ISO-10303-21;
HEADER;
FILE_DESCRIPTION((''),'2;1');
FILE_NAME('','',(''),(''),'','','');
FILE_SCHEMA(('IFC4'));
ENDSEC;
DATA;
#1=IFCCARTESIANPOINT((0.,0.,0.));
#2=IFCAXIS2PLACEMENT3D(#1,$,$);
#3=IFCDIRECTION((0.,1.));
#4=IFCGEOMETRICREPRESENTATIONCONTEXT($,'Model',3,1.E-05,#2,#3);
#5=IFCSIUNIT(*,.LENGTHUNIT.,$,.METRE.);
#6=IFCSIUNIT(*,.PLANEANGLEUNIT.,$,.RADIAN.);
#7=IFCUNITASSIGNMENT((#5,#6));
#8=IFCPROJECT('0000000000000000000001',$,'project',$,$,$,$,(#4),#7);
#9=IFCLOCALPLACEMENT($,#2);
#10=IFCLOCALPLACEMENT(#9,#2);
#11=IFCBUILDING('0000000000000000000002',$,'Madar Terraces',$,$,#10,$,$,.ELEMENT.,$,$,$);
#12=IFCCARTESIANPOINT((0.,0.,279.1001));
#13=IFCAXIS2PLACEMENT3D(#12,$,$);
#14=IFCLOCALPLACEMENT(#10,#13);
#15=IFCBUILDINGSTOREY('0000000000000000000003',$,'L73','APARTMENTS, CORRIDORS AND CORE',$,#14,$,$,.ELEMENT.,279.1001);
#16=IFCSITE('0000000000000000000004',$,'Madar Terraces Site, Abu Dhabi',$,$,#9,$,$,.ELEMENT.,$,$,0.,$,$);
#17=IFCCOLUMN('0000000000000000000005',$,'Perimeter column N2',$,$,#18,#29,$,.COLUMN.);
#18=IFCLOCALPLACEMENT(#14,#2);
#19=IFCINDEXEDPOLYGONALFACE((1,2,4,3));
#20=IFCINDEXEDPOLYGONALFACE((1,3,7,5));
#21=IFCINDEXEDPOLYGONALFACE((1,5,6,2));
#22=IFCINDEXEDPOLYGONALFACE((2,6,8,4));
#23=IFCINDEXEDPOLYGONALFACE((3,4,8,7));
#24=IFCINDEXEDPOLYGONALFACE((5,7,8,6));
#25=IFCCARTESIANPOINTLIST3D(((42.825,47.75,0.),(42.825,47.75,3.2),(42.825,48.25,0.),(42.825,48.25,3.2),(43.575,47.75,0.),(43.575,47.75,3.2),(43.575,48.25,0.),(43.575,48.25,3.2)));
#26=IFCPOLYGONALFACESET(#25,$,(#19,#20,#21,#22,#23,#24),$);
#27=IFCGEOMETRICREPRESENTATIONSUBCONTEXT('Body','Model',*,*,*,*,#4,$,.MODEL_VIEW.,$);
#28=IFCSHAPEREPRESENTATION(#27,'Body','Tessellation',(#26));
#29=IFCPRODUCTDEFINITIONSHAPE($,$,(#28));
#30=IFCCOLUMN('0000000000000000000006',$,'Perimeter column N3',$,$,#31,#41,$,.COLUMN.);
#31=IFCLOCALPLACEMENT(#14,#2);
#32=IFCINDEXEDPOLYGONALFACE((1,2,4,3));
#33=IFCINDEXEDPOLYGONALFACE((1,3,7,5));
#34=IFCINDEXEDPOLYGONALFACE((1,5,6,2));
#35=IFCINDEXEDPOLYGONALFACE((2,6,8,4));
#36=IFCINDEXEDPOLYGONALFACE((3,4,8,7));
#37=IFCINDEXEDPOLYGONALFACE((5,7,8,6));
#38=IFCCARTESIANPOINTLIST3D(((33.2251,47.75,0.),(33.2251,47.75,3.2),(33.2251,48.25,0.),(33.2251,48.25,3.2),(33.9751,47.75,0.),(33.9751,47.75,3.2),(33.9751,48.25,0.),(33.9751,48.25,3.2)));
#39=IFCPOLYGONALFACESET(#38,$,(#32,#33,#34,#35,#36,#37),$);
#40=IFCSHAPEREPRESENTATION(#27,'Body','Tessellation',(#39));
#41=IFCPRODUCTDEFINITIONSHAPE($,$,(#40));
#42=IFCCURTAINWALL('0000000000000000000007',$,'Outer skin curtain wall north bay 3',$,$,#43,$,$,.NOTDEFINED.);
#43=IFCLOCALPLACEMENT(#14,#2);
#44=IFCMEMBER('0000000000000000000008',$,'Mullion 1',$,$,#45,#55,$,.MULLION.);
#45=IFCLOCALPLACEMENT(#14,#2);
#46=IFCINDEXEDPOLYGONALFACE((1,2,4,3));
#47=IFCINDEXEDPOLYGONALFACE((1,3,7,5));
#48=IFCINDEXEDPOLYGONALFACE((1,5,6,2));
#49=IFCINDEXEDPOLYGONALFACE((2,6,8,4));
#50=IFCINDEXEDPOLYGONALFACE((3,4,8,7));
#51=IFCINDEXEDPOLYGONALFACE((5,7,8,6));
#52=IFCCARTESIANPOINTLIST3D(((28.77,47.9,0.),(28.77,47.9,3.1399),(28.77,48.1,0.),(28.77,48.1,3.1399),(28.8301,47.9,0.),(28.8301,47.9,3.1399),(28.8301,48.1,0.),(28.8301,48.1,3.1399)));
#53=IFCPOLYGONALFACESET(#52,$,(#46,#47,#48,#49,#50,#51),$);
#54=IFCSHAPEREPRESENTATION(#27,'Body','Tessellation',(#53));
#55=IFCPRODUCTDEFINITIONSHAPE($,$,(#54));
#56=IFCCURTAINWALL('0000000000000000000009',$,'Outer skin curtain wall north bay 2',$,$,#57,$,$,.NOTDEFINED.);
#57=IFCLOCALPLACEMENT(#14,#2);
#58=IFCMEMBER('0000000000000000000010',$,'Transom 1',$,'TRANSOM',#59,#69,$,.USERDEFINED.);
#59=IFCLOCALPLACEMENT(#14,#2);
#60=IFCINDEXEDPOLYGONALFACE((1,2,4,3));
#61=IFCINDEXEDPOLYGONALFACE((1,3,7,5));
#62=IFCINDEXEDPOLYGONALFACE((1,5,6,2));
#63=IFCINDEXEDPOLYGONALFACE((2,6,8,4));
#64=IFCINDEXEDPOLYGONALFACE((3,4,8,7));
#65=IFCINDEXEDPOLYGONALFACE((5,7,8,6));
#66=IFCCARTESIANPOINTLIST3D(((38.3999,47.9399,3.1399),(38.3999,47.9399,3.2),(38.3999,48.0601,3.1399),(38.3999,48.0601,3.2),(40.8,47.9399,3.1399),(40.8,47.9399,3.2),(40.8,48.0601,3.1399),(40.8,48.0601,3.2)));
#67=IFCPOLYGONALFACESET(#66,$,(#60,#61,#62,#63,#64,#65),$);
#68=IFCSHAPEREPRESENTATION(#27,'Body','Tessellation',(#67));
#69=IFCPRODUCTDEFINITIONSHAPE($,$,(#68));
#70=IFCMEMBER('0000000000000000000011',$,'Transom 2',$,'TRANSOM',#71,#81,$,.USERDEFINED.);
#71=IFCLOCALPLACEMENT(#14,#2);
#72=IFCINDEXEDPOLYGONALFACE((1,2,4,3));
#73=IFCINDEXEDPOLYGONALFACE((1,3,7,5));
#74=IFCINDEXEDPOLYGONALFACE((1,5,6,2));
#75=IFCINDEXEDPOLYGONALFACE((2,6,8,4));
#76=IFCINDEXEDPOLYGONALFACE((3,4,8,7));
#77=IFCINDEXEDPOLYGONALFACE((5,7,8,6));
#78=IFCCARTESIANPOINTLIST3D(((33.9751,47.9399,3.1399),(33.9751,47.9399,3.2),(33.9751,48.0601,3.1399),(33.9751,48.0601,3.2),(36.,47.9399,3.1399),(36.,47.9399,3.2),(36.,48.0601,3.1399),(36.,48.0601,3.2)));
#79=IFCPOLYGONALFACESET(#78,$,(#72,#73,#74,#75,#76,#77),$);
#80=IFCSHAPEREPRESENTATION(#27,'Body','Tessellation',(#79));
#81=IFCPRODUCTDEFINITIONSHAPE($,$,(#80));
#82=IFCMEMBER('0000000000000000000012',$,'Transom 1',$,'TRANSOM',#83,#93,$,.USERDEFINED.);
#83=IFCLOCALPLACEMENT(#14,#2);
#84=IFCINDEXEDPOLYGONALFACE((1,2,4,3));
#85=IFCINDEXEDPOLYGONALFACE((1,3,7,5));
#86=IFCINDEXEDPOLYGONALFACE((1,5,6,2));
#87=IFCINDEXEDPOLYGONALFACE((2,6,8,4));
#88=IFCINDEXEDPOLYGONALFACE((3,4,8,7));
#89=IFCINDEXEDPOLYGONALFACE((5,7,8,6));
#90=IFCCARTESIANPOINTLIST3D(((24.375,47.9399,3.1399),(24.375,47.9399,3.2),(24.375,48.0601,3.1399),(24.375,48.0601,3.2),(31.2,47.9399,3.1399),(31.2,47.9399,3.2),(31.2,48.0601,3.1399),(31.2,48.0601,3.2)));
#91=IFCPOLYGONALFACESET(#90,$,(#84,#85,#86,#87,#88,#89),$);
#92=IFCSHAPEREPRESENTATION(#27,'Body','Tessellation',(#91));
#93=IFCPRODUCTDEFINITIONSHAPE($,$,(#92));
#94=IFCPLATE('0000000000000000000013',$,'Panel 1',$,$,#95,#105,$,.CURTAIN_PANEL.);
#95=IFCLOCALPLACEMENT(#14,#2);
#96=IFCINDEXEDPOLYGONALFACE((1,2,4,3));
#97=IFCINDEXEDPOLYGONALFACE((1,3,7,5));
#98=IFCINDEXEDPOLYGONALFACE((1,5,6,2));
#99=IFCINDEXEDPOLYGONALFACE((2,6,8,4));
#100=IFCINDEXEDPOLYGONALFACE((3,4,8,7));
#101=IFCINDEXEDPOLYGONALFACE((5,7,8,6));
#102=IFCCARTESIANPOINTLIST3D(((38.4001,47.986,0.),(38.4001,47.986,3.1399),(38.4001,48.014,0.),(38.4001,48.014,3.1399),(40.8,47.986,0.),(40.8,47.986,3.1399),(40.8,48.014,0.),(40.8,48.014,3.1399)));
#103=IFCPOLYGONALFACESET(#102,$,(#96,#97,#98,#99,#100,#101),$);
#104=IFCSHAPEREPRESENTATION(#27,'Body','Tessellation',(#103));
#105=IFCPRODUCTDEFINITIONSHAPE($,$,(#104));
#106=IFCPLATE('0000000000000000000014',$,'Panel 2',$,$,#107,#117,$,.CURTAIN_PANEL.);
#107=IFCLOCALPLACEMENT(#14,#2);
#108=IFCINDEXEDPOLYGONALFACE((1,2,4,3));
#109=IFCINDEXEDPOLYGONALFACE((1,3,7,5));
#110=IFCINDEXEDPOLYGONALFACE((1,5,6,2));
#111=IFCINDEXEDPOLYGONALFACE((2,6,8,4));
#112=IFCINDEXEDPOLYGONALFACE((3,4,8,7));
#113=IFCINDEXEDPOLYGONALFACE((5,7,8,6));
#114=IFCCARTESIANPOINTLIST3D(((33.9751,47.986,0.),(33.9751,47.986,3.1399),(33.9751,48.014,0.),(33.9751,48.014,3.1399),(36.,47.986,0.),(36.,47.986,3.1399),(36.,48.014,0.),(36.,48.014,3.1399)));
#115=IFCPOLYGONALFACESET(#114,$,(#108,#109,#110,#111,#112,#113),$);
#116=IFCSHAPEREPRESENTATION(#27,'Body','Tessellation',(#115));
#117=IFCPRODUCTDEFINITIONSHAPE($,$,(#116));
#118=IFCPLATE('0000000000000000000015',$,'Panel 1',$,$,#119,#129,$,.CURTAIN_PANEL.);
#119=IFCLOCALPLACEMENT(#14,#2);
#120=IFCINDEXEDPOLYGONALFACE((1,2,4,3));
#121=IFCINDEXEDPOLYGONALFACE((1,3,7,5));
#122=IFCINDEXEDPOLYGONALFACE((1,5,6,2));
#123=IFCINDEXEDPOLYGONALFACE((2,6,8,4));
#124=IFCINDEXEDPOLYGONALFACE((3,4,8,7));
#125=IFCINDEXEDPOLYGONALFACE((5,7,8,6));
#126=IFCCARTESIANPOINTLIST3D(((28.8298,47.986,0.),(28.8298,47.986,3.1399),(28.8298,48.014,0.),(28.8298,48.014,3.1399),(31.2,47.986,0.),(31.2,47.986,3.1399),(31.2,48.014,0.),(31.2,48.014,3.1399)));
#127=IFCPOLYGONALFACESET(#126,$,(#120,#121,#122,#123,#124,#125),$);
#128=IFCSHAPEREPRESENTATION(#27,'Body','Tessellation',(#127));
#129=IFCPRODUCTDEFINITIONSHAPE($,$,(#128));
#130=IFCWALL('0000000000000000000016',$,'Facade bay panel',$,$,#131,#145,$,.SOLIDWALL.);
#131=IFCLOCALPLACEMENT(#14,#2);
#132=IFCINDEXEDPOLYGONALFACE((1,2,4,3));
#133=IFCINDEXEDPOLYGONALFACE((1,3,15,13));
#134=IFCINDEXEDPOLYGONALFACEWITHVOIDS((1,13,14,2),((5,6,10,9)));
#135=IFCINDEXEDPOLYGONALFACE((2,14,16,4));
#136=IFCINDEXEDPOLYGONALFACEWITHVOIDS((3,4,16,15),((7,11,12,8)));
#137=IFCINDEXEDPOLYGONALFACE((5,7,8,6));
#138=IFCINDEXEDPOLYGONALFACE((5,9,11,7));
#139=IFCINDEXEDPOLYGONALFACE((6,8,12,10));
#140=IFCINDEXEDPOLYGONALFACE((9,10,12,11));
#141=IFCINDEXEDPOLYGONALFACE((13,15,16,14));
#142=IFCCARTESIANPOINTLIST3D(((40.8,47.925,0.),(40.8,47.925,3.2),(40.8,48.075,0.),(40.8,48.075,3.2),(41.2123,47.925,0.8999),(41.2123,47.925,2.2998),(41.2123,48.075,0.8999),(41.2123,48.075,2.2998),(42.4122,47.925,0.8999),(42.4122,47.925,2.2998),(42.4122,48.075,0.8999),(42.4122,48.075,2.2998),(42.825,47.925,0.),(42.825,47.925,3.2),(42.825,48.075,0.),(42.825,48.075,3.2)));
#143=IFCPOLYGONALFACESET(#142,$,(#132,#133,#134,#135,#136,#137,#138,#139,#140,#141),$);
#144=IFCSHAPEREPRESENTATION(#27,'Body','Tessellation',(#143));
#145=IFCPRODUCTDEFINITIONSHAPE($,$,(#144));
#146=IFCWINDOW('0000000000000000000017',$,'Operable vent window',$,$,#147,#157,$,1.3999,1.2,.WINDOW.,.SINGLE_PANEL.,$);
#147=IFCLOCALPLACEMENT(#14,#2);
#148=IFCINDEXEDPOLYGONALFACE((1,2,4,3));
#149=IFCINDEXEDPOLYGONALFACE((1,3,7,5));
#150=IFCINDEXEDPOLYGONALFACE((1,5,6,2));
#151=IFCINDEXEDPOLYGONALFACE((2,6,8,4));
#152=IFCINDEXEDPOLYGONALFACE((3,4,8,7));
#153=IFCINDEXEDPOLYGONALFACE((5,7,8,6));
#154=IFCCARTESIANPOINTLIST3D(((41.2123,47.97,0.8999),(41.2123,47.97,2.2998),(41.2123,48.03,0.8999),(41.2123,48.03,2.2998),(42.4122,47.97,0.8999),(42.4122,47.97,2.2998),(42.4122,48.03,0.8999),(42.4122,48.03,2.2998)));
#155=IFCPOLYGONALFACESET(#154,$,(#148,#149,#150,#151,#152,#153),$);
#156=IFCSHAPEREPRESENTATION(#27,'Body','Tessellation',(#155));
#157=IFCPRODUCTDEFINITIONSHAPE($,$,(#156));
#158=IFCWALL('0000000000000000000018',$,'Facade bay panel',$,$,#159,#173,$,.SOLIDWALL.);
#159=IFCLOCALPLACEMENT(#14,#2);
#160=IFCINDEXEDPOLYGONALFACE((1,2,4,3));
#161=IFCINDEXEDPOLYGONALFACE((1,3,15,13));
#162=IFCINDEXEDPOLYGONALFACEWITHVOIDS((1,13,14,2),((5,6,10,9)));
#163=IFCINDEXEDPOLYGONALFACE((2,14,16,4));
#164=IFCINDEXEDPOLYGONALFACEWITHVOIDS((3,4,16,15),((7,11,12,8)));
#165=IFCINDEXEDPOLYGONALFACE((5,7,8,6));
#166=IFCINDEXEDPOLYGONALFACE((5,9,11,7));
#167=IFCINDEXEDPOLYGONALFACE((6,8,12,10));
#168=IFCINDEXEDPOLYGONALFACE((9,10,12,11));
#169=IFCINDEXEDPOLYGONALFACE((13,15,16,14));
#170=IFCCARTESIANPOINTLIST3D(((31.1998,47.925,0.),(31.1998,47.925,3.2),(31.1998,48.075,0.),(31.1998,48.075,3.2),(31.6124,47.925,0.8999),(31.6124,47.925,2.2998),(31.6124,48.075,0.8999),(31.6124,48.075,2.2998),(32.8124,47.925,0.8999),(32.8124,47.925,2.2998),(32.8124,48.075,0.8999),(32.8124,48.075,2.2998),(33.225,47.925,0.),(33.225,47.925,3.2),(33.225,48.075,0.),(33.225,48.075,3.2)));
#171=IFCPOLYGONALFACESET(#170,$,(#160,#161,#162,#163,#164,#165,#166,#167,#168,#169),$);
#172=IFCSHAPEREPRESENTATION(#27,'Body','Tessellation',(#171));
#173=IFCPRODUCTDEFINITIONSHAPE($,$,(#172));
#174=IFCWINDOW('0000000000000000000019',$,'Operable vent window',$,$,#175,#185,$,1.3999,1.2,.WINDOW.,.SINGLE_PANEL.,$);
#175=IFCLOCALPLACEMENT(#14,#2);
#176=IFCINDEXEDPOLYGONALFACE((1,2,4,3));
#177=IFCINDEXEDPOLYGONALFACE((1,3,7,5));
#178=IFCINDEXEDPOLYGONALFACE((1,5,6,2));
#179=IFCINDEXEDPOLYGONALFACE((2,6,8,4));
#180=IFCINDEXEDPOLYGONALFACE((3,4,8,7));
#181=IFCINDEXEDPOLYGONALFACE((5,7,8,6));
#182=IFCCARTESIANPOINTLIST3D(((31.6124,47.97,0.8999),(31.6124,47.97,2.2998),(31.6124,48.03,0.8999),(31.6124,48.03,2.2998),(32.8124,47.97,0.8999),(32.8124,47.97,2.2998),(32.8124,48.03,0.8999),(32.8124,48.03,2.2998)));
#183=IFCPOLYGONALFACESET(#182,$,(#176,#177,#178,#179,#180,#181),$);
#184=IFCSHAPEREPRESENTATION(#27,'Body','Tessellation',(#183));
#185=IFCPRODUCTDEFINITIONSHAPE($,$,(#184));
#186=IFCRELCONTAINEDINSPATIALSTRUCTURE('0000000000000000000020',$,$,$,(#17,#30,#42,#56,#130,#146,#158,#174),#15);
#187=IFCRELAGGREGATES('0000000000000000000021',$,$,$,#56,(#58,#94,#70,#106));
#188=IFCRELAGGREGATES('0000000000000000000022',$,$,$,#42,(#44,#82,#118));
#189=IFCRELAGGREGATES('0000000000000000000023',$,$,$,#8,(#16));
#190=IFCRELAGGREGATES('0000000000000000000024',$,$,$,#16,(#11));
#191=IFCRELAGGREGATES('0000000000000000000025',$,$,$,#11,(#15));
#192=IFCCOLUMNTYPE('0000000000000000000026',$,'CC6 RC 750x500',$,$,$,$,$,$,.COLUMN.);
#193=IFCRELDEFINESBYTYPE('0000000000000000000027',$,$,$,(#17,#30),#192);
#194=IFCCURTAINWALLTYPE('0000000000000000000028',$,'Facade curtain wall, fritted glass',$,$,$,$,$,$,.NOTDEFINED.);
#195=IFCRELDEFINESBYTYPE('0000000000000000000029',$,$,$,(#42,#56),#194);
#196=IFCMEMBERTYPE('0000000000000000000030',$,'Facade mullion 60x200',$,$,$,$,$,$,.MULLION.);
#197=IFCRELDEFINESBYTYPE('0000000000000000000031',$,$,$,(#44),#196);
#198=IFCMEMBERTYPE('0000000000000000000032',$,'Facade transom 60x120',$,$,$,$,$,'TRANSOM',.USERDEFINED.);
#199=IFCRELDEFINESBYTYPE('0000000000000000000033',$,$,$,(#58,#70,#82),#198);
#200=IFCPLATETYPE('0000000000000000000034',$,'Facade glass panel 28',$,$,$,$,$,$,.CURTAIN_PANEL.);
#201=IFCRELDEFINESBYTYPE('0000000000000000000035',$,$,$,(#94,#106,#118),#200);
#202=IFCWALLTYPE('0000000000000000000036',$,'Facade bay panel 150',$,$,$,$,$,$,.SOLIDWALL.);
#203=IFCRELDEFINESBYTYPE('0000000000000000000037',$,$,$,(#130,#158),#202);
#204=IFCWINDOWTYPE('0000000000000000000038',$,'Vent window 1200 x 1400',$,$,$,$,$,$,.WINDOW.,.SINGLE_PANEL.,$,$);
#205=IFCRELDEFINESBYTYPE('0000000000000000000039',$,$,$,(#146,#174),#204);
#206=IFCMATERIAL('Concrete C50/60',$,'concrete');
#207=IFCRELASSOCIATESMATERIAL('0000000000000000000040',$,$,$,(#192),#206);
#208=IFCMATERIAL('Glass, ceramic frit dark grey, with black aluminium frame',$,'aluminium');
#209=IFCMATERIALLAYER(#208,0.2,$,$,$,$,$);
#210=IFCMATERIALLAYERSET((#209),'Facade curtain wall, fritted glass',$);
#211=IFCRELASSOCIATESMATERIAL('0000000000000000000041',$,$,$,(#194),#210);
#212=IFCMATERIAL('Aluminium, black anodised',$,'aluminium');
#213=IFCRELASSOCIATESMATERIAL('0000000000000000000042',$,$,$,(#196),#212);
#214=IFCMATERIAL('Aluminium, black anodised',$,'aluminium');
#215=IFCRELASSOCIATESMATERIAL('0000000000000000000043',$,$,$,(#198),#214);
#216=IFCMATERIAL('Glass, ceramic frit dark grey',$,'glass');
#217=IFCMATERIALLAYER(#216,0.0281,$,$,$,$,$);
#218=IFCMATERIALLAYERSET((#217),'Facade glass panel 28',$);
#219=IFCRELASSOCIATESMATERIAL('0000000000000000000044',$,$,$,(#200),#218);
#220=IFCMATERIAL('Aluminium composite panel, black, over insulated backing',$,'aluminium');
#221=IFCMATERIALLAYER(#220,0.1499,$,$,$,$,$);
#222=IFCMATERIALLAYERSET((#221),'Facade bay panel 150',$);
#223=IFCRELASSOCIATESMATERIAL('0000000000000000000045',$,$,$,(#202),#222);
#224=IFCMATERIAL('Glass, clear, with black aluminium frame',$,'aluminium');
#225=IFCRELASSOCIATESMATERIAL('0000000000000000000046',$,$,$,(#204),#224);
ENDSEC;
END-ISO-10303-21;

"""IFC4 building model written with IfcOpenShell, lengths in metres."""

from ifc_helpers import new_model, si_unit, direction, frame, frame_2d, origin, origin_2d, place, context, subcontext, project, spatial, rectangle, extrude, material, layer, layer_set, material_profile, profile_set, type_object, element, fill, aggregate, save


model = new_model("IFC4")

# Units and contexts
model_context = context("Model", 3, precision=1e-05, world=origin(), true_north=direction((0.0, 1.0)))
body_context = subcontext(model_context, "Body", "Model", "MODEL_VIEW")
ifc_project = project(units=[si_unit("LENGTHUNIT", "METRE"), si_unit("PLANEANGLEUNIT", "RADIAN")], contexts=[model_context])

# Site, building, storey
site_placement = place(None, origin())
site = spatial("IfcSite", under=ifc_project, at=site_placement, Name="Madar Terraces Site, Abu Dhabi", CompositionType="ELEMENT", RefElevation=0.0)
building_placement = place(site_placement, origin())
building = spatial("IfcBuilding", under=site, at=building_placement, Name="Madar Terraces", CompositionType="ELEMENT")
storey_placement = place(building_placement, frame((0.0, 0.0, 279.1001)))
storey = spatial("IfcBuildingStorey", under=building, at=storey_placement, Name="L73", Description="APARTMENTS, CORRIDORS AND CORE", CompositionType="ELEMENT", Elevation=279.1001)

# Columns
ifc_material_1 = material(Name="Concrete C50/60", Category="concrete")
ifc_material_profile_1 = material_profile(ifc_material_1, rectangle(XDim=0.75, YDim=0.5, at=origin_2d()), Name="CC6 RC 750x500")
ifc_profile_set_1 = profile_set([ifc_material_profile_1], Name="Concrete C50/60")
column_type = type_object("IfcColumnType", Name="CC6 RC 750x500", PredefinedType="COLUMN", material=ifc_profile_set_1)
for number, where, z_axis, x_axis, name in (
    (1, (43.2, 48.0, 0.0), (0.0, 0.0, 1.0), (1.0, 0.0, 0.0), "Perimeter column N2"),
    (2, (33.6001, 48.0, 0.0), (0.0, 0.0, 1.0), (1.0, 0.0, 0.0), "Perimeter column N3"),
):
    element("IfcColumn", number, at=place(storey_placement, frame(where, z_axis=z_axis, x_axis=x_axis)), inside=storey, type_object=column_type, Name=name, PredefinedType="COLUMN", context=body_context, shape_type="SweptSolid", body=[
        extrude(rectangle(XDim=0.75, YDim=0.5, at=origin_2d()), origin(), (0.0, 0.0, 1.0), 3.2),
    ])

# Curtain wall, member
ifc_material_2 = material(Name="Glass, ceramic frit dark grey, with black aluminium frame", Category="aluminium")
ifc_layer_1 = layer(ifc_material_2, 0.2)
ifc_layer_set_1 = layer_set([ifc_layer_1], Name="Facade curtain wall, fritted glass")
curtain_wall_type = type_object("IfcCurtainWallType", Name="Facade curtain wall, fritted glass", PredefinedType="NOTDEFINED", material=ifc_layer_set_1)
curtain_wall_1_placement = place(storey_placement, origin())
curtain_wall_1 = element("IfcCurtainWall", 3, at=curtain_wall_1_placement, inside=storey, type_object=curtain_wall_type, Name="Outer skin curtain wall north bay 3", PredefinedType="NOTDEFINED")
ifc_material_3 = material(Name="Aluminium, black anodised", Category="aluminium")
ifc_material_profile_2 = material_profile(ifc_material_3, rectangle(XDim=0.2, YDim=0.0601, at=origin_2d()), Name="Facade mullion 60x200")
ifc_profile_set_2 = profile_set([ifc_material_profile_2], Name="Aluminium, black anodised")
member_type_1 = type_object("IfcMemberType", Name="Facade mullion 60x200", PredefinedType="MULLION", material=ifc_profile_set_2)
member_1_placement = place(storey_placement, frame((28.8, 48.0, 0.0), z_axis=(0.0, 0.0, 1.0), x_axis=(0.0, -1.0, 0.0)))
member_1 = element("IfcMember", 4, at=member_1_placement, type_object=member_type_1, Name="Mullion 1", PredefinedType="MULLION", context=body_context, shape_type="SweptSolid", body=[
    extrude(rectangle(XDim=0.2, YDim=0.0601, at=origin_2d()), origin(), (0.0, 0.0, 1.0), 3.1399),
])

# Curtain wall, members
curtain_wall_2_placement = place(storey_placement, origin())
curtain_wall_2 = element("IfcCurtainWall", 5, at=curtain_wall_2_placement, inside=storey, type_object=curtain_wall_type, Name="Outer skin curtain wall north bay 2", PredefinedType="NOTDEFINED")
ifc_material_4 = material(Name="Aluminium, black anodised", Category="aluminium")
ifc_material_profile_3 = material_profile(ifc_material_4, rectangle(XDim=0.1201, YDim=0.0601, at=origin_2d()), Name="Facade transom 60x120")
ifc_profile_set_3 = profile_set([ifc_material_profile_3], Name="Aluminium, black anodised")
member_type_2 = type_object("IfcMemberType", Name="Facade transom 60x120", ElementType="TRANSOM", PredefinedType="USERDEFINED", material=ifc_profile_set_3)
member_2_placement = place(storey_placement, frame((40.8, 48.0, 3.1699), z_axis=(-1.0, 0.0, 0.0), x_axis=(0.0, -1.0, 0.0)))
member_2 = element("IfcMember", 6, at=member_2_placement, type_object=member_type_2, Name="Transom 1", ObjectType="TRANSOM", PredefinedType="USERDEFINED", context=body_context, shape_type="SweptSolid", body=[
    extrude(rectangle(XDim=0.1201, YDim=0.0601, at=origin_2d()), origin(), (0.0, 0.0, 1.0), 2.4001),
])
member_3_placement = place(storey_placement, frame((36.0, 48.0, 3.1699), z_axis=(-1.0, 0.0, 0.0), x_axis=(0.0, -1.0, 0.0)))
member_3 = element("IfcMember", 7, at=member_3_placement, type_object=member_type_2, Name="Transom 2", ObjectType="TRANSOM", PredefinedType="USERDEFINED", context=body_context, shape_type="SweptSolid", body=[
    extrude(rectangle(XDim=0.1201, YDim=0.0601, at=origin_2d()), origin(), (0.0, 0.0, 1.0), 2.0249),
])

# Member
member_4_placement = place(storey_placement, frame((31.2, 48.0, 3.1699), z_axis=(-1.0, 0.0, 0.0), x_axis=(0.0, -1.0, 0.0)))
member_4 = element("IfcMember", 8, at=member_4_placement, type_object=member_type_2, Name="Transom 1", ObjectType="TRANSOM", PredefinedType="USERDEFINED", context=body_context, shape_type="SweptSolid", body=[
    extrude(rectangle(XDim=0.1201, YDim=0.0601, at=origin_2d()), origin(), (0.0, 0.0, 1.0), 6.825),
])

# Plates
ifc_material_5 = material(Name="Glass, ceramic frit dark grey", Category="glass")
ifc_layer_2 = layer(ifc_material_5, 0.0281)
ifc_layer_set_2 = layer_set([ifc_layer_2], Name="Facade glass panel 28")
plate_type = type_object("IfcPlateType", Name="Facade glass panel 28", PredefinedType="CURTAIN_PANEL", material=ifc_layer_set_2)
plate_1_placement = place(storey_placement, frame((39.6001, 48.0, 0.0), z_axis=(0.0, 0.0, 1.0), x_axis=(-1.0, 0.0, 0.0)))
plate_1 = element("IfcPlate", 9, at=plate_1_placement, type_object=plate_type, Name="Panel 1", PredefinedType="CURTAIN_PANEL", context=body_context, shape_type="SweptSolid", body=[
    extrude(rectangle(XDim=2.3999, YDim=0.0281, at=origin_2d()), origin(), (0.0, 0.0, 1.0), 3.1399),
])
plate_2_placement = place(storey_placement, frame((34.9875, 48.0, 0.0), z_axis=(0.0, 0.0, 1.0), x_axis=(-1.0, 0.0, 0.0)))
plate_2 = element("IfcPlate", 10, at=plate_2_placement, type_object=plate_type, Name="Panel 2", PredefinedType="CURTAIN_PANEL", context=body_context, shape_type="SweptSolid", body=[
    extrude(rectangle(XDim=2.0249, YDim=0.0281, at=origin_2d()), origin(), (0.0, 0.0, 1.0), 3.1399),
])
aggregate(curtain_wall_2, [member_2, plate_1, member_3, plate_2])
plate_3_placement = place(storey_placement, frame((30.0149, 48.0, 0.0), z_axis=(0.0, 0.0, 1.0), x_axis=(-1.0, 0.0, 0.0)))
plate_3 = element("IfcPlate", 11, at=plate_3_placement, type_object=plate_type, Name="Panel 1", PredefinedType="CURTAIN_PANEL", context=body_context, shape_type="SweptSolid", body=[
    extrude(rectangle(XDim=2.3701, YDim=0.0281, at=origin_2d()), origin(), (0.0, 0.0, 1.0), 3.1399),
])
aggregate(curtain_wall_1, [member_1, member_4, plate_3])

# Wall, opening, window
ifc_material_6 = material(Name="Aluminium composite panel, black, over insulated backing", Category="aluminium")
ifc_layer_3 = layer(ifc_material_6, 0.1499)
ifc_layer_set_3 = layer_set([ifc_layer_3], Name="Facade bay panel 150")
wall_type_1 = type_object("IfcWallType", Name="Facade bay panel 150", PredefinedType="SOLIDWALL", material=ifc_layer_set_3)
wall_1_placement = place(storey_placement, frame((42.825, 48.0, 0.0), z_axis=(0.0, 0.0, 1.0), x_axis=(-1.0, 0.0, 0.0)))
wall_1 = element("IfcWall", 12, at=wall_1_placement, inside=storey, type_object=wall_type_1, Name="Facade bay panel", PredefinedType="SOLIDWALL", context=body_context, shape_type="SweptSolid", body=[
    extrude(rectangle(XDim=2.0249, YDim=0.1499, at=frame_2d((1.0125, 0.0))), origin(), (0.0, 0.0, 1.0), 3.2),
])
opening_1_placement = place(wall_1_placement, frame((0.4126, 0.0, 0.8999)))
opening_1 = element("IfcOpeningElement", 13, at=opening_1_placement, cuts=wall_1, PredefinedType="OPENING", context=body_context, shape_type="SweptSolid", body=[
    extrude(rectangle(XDim=1.2, YDim=1.3999, at=frame_2d((0.6001, 0.7))), frame((0.0, 0.085, 0.0), z_axis=(0.0, -1.0, 0.0), x_axis=(1.0, 0.0, 0.0)), (0.0, 0.0, 1.0), 0.1699),
])
ifc_material_7 = material(Name="Glass, clear, with black aluminium frame", Category="aluminium")
window_type = type_object("IfcWindowType", Name="Vent window 1200 x 1400", PartitioningType="SINGLE_PANEL", PredefinedType="WINDOW", material=ifc_material_7)
window_1_placement = place(opening_1_placement, origin())
window_1 = element("IfcWindow", 14, at=window_1_placement, inside=storey, type_object=window_type, Name="Operable vent window", OverallHeight=1.3999, OverallWidth=1.2, PartitioningType="SINGLE_PANEL", PredefinedType="WINDOW", context=body_context, shape_type="SweptSolid", body=[
    extrude(rectangle(XDim=1.2, YDim=1.3999, at=frame_2d((0.6001, 0.7))), frame((0.0, 0.03, 0.0), z_axis=(0.0, -1.0, 0.0), x_axis=(1.0, 0.0, 0.0)), (0.0, 0.0, 1.0), 0.0601),
])
fill(opening_1, window_1)

# Wall, opening, window
wall_2_placement = place(storey_placement, frame((33.2251, 48.0, 0.0), z_axis=(0.0, 0.0, 1.0), x_axis=(-1.0, 0.0, 0.0)))
wall_2 = element("IfcWall", 15, at=wall_2_placement, inside=storey, type_object=wall_type_1, Name="Facade bay panel", PredefinedType="SOLIDWALL", context=body_context, shape_type="SweptSolid", body=[
    extrude(rectangle(XDim=2.0251, YDim=0.1499, at=frame_2d((1.0127, 0.0))), origin(), (0.0, 0.0, 1.0), 3.2),
])
opening_2_placement = place(wall_2_placement, frame((0.4126, 0.0, 0.8999)))
opening_2 = element("IfcOpeningElement", 16, at=opening_2_placement, cuts=wall_2, PredefinedType="OPENING", context=body_context, shape_type="SweptSolid", body=[
    extrude(rectangle(XDim=1.2, YDim=1.3999, at=frame_2d((0.6001, 0.7))), frame((0.0, 0.085, 0.0), z_axis=(0.0, -1.0, 0.0), x_axis=(1.0, 0.0, 0.0)), (0.0, 0.0, 1.0), 0.1699),
])
window_2_placement = place(opening_2_placement, origin())
window_2 = element("IfcWindow", 17, at=window_2_placement, inside=storey, type_object=window_type, Name="Operable vent window", OverallHeight=1.3999, OverallWidth=1.2, PartitioningType="SINGLE_PANEL", PredefinedType="WINDOW", context=body_context, shape_type="SweptSolid", body=[
    extrude(rectangle(XDim=1.2, YDim=1.3999, at=frame_2d((0.6001, 0.7))), frame((0.0, 0.03, 0.0), z_axis=(0.0, -1.0, 0.0), x_axis=(1.0, 0.0, 0.0)), (0.0, 0.0, 1.0), 0.0601),
])
fill(opening_2, window_2)

save(model, "model.ifc")
